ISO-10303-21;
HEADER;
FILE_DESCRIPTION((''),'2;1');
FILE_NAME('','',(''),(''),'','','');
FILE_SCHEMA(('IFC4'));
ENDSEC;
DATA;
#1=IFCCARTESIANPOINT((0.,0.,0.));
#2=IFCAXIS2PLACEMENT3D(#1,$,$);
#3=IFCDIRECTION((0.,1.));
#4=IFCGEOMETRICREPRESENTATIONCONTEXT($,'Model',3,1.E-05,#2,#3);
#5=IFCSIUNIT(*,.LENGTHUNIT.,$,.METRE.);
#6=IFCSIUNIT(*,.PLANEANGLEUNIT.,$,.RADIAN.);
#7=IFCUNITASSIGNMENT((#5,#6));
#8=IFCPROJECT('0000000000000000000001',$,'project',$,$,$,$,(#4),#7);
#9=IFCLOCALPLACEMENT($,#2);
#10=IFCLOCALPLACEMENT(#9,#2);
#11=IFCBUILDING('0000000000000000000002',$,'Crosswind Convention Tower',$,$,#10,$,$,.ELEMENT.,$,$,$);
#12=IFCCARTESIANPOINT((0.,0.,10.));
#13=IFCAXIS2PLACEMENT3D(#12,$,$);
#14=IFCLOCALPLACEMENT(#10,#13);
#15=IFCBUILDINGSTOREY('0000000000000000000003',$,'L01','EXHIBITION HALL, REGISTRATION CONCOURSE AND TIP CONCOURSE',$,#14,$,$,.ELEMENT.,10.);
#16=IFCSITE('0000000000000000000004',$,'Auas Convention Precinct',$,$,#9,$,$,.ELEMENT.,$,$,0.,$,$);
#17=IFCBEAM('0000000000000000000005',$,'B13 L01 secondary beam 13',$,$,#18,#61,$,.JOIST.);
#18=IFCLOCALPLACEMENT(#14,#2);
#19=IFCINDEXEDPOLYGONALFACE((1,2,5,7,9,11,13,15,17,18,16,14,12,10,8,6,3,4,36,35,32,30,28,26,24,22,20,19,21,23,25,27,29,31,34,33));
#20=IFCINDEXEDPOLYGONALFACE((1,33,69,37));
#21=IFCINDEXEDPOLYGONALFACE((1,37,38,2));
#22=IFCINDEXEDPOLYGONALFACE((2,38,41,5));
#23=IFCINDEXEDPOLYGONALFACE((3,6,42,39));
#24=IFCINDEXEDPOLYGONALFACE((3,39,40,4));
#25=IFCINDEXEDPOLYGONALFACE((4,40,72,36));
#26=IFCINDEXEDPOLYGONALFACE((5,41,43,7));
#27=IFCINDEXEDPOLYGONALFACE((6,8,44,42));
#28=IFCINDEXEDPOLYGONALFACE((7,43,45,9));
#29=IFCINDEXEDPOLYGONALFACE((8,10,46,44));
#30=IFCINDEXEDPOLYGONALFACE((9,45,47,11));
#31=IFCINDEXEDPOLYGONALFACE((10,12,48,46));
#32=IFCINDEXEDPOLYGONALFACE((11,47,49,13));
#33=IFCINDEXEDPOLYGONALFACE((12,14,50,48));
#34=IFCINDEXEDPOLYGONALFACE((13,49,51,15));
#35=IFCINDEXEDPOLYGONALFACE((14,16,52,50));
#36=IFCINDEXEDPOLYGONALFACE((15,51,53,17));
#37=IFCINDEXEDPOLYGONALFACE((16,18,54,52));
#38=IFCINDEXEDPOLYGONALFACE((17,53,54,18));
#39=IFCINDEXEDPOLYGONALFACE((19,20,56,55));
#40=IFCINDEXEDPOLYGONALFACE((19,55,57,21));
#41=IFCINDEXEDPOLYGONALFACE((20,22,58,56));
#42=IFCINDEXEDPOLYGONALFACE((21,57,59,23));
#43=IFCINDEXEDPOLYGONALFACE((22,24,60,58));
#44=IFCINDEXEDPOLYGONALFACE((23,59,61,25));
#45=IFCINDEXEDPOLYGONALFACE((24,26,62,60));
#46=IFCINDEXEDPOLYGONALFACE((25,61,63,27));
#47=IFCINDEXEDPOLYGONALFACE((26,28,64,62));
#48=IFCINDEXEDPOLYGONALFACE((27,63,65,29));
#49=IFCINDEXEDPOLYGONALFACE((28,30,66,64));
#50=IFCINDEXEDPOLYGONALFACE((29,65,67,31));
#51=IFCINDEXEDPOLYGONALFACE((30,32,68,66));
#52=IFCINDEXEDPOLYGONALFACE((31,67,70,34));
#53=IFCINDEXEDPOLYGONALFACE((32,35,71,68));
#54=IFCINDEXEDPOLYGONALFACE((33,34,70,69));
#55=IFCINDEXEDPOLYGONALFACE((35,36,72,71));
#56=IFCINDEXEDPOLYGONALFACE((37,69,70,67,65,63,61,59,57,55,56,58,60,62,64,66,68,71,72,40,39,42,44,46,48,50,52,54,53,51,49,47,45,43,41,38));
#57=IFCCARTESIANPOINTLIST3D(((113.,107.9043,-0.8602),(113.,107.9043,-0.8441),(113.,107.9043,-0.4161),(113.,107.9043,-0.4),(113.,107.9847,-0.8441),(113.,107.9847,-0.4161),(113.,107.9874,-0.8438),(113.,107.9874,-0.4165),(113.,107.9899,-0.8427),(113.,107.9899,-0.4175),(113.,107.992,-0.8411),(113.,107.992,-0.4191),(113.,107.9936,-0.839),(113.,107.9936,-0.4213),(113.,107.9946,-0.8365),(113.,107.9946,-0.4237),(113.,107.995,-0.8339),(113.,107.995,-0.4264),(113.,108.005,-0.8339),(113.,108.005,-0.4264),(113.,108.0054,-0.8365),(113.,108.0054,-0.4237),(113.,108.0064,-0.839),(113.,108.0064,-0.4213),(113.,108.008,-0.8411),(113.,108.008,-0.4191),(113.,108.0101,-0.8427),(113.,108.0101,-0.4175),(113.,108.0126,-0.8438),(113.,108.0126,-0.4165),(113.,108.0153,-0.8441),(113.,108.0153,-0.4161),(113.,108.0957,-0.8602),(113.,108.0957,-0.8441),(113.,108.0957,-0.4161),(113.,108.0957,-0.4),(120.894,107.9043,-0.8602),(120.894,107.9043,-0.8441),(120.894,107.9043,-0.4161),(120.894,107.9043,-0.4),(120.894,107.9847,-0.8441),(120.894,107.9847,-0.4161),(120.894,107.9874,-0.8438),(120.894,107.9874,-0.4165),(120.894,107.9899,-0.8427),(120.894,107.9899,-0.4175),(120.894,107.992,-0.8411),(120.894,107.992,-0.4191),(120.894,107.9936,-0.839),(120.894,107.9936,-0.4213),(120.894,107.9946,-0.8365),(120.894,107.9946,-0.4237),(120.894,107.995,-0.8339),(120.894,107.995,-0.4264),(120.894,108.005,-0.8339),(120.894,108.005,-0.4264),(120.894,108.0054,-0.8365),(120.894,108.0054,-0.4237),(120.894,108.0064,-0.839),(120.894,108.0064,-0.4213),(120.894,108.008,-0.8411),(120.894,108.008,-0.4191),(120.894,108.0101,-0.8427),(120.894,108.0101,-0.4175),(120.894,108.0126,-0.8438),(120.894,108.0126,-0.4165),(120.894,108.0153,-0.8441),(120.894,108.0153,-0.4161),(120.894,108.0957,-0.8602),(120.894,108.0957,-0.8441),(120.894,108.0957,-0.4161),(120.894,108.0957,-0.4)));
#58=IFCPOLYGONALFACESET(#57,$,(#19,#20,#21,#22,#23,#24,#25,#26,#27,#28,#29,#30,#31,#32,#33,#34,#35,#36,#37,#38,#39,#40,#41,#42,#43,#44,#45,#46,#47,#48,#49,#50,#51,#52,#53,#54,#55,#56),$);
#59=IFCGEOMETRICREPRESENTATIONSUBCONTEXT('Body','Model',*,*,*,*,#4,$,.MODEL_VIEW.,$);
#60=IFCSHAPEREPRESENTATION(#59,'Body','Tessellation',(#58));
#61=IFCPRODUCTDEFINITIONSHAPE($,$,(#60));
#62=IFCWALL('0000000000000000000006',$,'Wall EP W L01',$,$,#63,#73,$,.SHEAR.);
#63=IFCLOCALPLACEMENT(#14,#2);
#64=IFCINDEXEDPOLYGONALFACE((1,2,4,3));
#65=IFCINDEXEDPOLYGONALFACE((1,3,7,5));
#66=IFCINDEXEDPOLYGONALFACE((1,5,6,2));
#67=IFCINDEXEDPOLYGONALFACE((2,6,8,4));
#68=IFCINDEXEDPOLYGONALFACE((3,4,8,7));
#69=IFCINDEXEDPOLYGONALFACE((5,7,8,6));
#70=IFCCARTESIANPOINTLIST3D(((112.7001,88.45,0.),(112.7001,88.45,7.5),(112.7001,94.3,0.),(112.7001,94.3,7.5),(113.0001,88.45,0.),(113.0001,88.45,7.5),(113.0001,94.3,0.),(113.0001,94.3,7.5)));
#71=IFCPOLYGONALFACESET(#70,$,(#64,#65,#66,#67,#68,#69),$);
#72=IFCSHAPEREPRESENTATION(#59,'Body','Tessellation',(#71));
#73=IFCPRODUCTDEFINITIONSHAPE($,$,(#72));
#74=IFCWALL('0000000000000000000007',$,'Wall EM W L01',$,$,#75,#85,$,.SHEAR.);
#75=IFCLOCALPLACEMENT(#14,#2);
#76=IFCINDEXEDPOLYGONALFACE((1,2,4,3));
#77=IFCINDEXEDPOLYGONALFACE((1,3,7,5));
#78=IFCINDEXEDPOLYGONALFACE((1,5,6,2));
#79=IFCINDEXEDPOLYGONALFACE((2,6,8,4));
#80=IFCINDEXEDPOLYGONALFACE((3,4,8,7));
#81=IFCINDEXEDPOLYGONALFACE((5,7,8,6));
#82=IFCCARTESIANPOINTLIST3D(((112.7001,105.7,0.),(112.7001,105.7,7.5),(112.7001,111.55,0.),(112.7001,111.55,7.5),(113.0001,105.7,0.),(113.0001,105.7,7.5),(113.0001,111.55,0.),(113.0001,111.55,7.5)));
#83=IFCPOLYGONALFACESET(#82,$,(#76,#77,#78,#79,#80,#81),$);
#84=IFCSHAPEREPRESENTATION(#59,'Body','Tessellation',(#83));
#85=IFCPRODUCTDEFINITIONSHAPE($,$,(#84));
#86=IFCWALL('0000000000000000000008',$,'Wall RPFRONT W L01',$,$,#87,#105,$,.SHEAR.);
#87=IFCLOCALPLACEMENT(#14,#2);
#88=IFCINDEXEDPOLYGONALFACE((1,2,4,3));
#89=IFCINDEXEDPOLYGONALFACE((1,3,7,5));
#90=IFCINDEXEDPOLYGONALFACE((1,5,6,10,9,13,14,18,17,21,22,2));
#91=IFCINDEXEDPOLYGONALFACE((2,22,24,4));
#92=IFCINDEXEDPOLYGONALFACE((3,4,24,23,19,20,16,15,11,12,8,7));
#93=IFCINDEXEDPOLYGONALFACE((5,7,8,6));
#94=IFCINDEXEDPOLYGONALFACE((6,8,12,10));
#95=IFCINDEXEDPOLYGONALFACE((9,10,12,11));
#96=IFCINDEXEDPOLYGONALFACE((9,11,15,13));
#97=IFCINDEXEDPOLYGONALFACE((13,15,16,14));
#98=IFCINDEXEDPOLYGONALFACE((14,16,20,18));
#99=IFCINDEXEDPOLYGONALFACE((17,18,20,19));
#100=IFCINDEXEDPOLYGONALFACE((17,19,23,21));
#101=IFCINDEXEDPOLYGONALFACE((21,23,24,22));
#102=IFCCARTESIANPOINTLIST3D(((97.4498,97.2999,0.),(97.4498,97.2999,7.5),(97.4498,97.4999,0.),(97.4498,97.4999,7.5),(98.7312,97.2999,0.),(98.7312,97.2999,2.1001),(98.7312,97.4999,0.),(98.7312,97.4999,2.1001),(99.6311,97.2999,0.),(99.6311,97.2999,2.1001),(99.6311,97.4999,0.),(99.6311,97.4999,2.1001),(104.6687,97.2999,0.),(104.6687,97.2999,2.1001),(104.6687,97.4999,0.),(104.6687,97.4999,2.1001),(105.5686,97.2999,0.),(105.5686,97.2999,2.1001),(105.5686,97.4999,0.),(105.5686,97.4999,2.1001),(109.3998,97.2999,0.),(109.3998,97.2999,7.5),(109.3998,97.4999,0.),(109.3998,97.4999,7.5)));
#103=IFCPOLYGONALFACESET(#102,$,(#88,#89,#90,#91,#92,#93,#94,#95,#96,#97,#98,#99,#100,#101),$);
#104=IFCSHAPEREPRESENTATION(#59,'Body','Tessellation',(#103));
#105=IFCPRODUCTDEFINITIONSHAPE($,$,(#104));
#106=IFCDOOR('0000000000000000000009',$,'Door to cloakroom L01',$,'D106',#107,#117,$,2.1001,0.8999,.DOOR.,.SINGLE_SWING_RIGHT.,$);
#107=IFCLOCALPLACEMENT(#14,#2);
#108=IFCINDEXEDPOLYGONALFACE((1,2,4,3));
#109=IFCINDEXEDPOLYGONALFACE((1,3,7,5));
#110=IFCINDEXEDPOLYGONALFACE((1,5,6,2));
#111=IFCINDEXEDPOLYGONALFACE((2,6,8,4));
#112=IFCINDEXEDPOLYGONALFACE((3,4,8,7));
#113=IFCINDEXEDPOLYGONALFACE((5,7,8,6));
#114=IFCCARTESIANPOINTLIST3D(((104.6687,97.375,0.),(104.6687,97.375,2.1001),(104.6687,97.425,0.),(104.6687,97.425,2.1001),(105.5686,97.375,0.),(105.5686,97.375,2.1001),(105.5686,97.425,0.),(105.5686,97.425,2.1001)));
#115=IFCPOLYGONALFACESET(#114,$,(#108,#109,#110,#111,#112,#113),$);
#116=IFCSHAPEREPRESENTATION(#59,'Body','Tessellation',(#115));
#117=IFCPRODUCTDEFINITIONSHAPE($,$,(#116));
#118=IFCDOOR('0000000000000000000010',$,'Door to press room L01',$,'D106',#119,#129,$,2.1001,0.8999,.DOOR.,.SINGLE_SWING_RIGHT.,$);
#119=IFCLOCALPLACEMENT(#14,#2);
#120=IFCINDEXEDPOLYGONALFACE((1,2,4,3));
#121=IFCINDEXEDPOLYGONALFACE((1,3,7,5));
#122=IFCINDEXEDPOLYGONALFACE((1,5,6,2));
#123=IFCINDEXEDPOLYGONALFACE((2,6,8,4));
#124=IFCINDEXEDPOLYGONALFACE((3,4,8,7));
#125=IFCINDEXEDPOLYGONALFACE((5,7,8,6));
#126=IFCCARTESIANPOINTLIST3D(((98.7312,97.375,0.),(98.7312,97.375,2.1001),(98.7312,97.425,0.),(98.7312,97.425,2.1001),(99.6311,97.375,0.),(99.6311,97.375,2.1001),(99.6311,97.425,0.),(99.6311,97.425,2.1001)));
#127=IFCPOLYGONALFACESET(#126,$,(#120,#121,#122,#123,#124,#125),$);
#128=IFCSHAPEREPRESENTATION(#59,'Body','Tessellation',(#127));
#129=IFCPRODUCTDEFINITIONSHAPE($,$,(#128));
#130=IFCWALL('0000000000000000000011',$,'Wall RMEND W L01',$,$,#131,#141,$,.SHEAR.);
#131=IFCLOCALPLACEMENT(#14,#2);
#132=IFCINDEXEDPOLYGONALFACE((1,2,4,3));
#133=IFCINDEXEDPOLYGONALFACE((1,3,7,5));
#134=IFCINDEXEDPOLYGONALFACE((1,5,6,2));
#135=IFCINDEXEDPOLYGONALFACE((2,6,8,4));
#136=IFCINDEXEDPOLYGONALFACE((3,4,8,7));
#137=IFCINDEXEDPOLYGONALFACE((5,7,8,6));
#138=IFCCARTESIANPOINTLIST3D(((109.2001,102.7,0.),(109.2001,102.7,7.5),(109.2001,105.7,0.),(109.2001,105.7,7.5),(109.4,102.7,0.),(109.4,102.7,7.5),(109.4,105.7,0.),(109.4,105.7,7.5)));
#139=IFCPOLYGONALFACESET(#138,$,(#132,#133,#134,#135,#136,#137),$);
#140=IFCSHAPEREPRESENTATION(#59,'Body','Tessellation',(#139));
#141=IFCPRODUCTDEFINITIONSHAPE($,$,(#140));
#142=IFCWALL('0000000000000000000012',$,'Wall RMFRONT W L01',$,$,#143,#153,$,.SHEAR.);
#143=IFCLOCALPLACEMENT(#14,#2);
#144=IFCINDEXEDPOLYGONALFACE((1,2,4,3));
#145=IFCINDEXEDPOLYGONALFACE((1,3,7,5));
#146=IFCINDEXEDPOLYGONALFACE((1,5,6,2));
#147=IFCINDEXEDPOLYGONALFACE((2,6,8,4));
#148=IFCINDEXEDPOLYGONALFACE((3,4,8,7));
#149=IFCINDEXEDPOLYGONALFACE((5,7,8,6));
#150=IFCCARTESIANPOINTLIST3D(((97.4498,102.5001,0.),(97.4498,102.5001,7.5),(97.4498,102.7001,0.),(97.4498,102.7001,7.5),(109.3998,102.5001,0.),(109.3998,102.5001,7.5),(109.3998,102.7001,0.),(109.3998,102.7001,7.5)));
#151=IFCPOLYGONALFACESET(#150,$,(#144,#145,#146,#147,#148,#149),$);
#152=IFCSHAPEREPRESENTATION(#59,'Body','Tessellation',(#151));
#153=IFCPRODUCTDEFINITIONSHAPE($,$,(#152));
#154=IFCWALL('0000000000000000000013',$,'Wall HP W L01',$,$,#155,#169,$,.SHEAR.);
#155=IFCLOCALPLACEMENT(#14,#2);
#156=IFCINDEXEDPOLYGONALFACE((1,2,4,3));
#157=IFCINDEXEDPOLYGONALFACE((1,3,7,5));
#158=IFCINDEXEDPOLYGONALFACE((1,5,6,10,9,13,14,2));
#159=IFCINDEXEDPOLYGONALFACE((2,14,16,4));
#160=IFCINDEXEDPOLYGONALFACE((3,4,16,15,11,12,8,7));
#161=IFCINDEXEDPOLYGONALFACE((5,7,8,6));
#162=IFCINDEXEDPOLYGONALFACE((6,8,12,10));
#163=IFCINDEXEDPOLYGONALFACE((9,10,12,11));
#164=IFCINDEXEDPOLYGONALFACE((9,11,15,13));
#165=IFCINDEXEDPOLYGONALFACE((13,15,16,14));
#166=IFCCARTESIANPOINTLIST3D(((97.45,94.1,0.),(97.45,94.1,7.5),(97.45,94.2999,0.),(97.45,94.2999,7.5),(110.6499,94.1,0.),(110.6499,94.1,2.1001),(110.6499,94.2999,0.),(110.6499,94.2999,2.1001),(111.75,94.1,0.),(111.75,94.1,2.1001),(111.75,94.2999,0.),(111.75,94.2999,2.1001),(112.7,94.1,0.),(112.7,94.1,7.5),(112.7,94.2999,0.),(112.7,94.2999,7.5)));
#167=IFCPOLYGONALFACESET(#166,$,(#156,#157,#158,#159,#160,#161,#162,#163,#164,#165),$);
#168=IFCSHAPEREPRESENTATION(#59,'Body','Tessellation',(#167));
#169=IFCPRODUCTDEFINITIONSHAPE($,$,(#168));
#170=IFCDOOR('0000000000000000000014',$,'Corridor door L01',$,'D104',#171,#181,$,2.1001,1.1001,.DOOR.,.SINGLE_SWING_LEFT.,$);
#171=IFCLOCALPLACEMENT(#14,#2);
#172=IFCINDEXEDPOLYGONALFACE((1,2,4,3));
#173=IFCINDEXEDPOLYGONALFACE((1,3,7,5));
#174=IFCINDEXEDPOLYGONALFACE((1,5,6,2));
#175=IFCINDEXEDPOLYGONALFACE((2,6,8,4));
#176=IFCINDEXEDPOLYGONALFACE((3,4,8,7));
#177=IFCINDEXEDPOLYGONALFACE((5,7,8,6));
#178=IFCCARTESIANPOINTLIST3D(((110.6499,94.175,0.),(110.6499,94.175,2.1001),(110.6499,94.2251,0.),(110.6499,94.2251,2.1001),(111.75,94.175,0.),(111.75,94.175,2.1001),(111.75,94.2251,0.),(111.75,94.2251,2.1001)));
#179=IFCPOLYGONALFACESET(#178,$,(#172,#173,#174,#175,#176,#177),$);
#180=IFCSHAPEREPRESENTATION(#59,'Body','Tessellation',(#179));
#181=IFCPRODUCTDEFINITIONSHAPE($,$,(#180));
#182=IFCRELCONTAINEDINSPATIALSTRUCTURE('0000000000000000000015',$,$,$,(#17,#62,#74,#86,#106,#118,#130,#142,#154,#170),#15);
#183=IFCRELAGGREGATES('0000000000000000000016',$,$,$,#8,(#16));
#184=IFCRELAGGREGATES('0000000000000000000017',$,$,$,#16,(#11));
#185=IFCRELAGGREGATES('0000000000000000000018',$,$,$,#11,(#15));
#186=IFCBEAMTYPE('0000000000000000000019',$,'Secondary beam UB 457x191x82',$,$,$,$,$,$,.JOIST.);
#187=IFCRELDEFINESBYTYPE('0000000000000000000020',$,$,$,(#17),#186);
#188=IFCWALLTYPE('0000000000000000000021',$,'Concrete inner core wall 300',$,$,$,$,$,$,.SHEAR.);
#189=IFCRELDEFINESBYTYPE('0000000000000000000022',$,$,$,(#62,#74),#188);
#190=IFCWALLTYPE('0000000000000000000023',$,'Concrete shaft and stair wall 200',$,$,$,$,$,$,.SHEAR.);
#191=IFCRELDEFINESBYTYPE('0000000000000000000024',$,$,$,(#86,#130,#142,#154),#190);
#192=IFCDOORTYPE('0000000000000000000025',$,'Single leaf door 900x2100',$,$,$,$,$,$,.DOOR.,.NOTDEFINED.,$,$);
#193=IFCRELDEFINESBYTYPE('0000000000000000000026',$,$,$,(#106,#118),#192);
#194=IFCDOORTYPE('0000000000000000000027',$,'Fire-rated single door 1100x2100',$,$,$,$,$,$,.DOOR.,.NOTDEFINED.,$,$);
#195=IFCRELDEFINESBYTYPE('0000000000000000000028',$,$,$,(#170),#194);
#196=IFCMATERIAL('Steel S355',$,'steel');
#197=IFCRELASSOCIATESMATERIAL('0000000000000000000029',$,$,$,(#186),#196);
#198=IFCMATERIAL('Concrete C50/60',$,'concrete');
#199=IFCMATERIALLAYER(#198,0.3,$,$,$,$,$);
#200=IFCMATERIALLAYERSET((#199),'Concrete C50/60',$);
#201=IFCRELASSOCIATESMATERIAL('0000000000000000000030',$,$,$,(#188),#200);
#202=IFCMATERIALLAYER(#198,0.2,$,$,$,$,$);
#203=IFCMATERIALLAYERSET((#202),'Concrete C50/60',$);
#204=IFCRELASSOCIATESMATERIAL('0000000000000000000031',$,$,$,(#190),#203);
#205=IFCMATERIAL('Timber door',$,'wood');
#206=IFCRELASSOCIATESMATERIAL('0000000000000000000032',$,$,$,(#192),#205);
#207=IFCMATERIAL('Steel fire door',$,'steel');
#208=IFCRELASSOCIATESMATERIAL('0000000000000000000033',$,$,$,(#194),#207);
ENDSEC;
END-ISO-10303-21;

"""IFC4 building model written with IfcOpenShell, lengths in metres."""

from ifc_helpers import new_model, si_unit, direction, frame, frame_2d, origin, origin_2d, place, context, subcontext, project, spatial, rectangle, i_section, extrude, material, layer, layer_set, material_profile, profile_set, type_object, element, fill, save


model = new_model("IFC4")

# Units and contexts
model_context = context("Model", 3, precision=1e-05, world=origin(), true_north=direction((0.0, 1.0)))
body_context = subcontext(model_context, "Body", "Model", "MODEL_VIEW")
ifc_project = project(units=[si_unit("LENGTHUNIT", "METRE"), si_unit("PLANEANGLEUNIT", "RADIAN")], contexts=[model_context])

# Site, building, storey
site_placement = place(None, origin())
site = spatial("IfcSite", under=ifc_project, at=site_placement, Name="Auas Convention Precinct", CompositionType="ELEMENT", RefElevation=0.0)
building_placement = place(site_placement, origin())
building = spatial("IfcBuilding", under=site, at=building_placement, Name="Crosswind Convention Tower", CompositionType="ELEMENT")
storey_placement = place(building_placement, frame((0.0, 0.0, 10.0)))
storey = spatial("IfcBuildingStorey", under=building, at=storey_placement, Name="L01", Description="EXHIBITION HALL, REGISTRATION CONCOURSE AND TIP CONCOURSE", CompositionType="ELEMENT", Elevation=10.0)

# Beam
ifc_material_1 = material(Name="Steel S355", Category="steel")
ifc_material_profile_1 = material_profile(ifc_material_1, i_section(OverallWidth=0.1914, OverallDepth=0.4602, WebThickness=0.01, FlangeThickness=0.0161, FilletRadius=0.0103, at=origin_2d()), Name="UB 457x191x82")
ifc_profile_set_1 = profile_set([ifc_material_profile_1], Name="Steel S355")
beam_type_1 = type_object("IfcBeamType", Name="Secondary beam UB 457x191x82", PredefinedType="JOIST", material=ifc_profile_set_1)
for number, where, z_axis, x_axis, name in (
    (1, (113.0, 108.0, -0.6301), (1.0, 0.0, 0.0), (0.0, 1.0, 0.0), "B13 L01 secondary beam 13"),
):
    element("IfcBeam", number, at=place(storey_placement, frame(where, z_axis=z_axis, x_axis=x_axis)), inside=storey, type_object=beam_type_1, Name=name, PredefinedType="JOIST", context=body_context, shape_type="SweptSolid", body=[
        extrude(i_section(OverallWidth=0.1914, OverallDepth=0.4602, WebThickness=0.01, FlangeThickness=0.0161, FilletRadius=0.0103, at=origin_2d()), origin(), (0.0, 0.0, 1.0), 7.894),
    ])

# Shared definitions
ifc_material_2 = material(Name="Concrete C50/60", Category="concrete")
ifc_layer_1 = layer(ifc_material_2, 0.3)
ifc_layer_set_1 = layer_set([ifc_layer_1], Name="Concrete C50/60")
wall_type_1 = type_object("IfcWallType", Name="Concrete inner core wall 300", PredefinedType="SHEAR", material=ifc_layer_set_1)

# Walls
for number, where, z_axis, x_axis, name in (
    (2, (112.8501, 94.3, 0.0), (0.0, 0.0, 1.0), (0.0, -1.0, 0.0), "Wall EP W L01"),
    (3, (112.8501, 111.55, 0.0), (0.0, 0.0, 1.0), (0.0, -1.0, 0.0), "Wall EM W L01"),
):
    element("IfcWall", number, at=place(storey_placement, frame(where, z_axis=z_axis, x_axis=x_axis)), inside=storey, type_object=wall_type_1, Name=name, PredefinedType="SHEAR", context=body_context, shape_type="SweptSolid", body=[
        extrude(rectangle(XDim=5.8501, YDim=0.3, at=frame_2d((2.925, 0.0))), origin(), (0.0, 0.0, 1.0), 7.5),
    ])

# Wall, openings, doors
ifc_layer_2 = layer(ifc_material_2, 0.2)
ifc_layer_set_2 = layer_set([ifc_layer_2], Name="Concrete C50/60")
wall_type_2 = type_object("IfcWallType", Name="Concrete shaft and stair wall 200", PredefinedType="SHEAR", material=ifc_layer_set_2)
wall_1_placement = place(storey_placement, frame((109.3999, 97.3999, 0.0), z_axis=(0.0, 0.0, 1.0), x_axis=(-1.0, 0.0, 0.0)))
wall_1 = element("IfcWall", 4, at=wall_1_placement, inside=storey, type_object=wall_type_2, Name="Wall RPFRONT W L01", PredefinedType="SHEAR", context=body_context, shape_type="SweptSolid", body=[
    extrude(rectangle(XDim=11.95, YDim=0.2, at=frame_2d((5.9751, 0.0))), origin(), (0.0, 0.0, 1.0), 7.5),
])
opening_1_placement = place(wall_1_placement, frame((3.8313, 0.0, 0.0)))
opening_1 = element("IfcOpeningElement", 5, at=opening_1_placement, cuts=wall_1, PredefinedType="OPENING", context=body_context, shape_type="SweptSolid", body=[
    extrude(rectangle(XDim=0.8999, YDim=2.1001, at=frame_2d((0.45, 1.05))), frame((0.0, 0.1099, 0.0), z_axis=(0.0, -1.0, 0.0), x_axis=(1.0, 0.0, 0.0)), (0.0, 0.0, 1.0), 0.22),
])
opening_2_placement = place(wall_1_placement, frame((9.7688, 0.0, 0.0)))
opening_2 = element("IfcOpeningElement", 6, at=opening_2_placement, cuts=wall_1, PredefinedType="OPENING", context=body_context, shape_type="SweptSolid", body=[
    extrude(rectangle(XDim=0.8999, YDim=2.1001, at=frame_2d((0.45, 1.05))), frame((0.0, 0.1099, 0.0), z_axis=(0.0, -1.0, 0.0), x_axis=(1.0, 0.0, 0.0)), (0.0, 0.0, 1.0), 0.22),
])
ifc_material_3 = material(Name="Timber door", Category="wood")
door_type_1 = type_object("IfcDoorType", Name="Single leaf door 900x2100", OperationType="NOTDEFINED", PredefinedType="DOOR", material=ifc_material_3)
door_1_placement = place(opening_1_placement, origin())
door_1 = element("IfcDoor", 7, at=door_1_placement, inside=storey, type_object=door_type_1, Name="Door to cloakroom L01", ObjectType="D106", OperationType="SINGLE_SWING_RIGHT", OverallHeight=2.1001, OverallWidth=0.8999, PredefinedType="DOOR", context=body_context, shape_type="SweptSolid", body=[
    extrude(rectangle(XDim=0.8999, YDim=2.1001, at=frame_2d((0.45, 1.05))), frame((0.0, 0.0249, 0.0), z_axis=(0.0, -1.0, 0.0), x_axis=(1.0, 0.0, 0.0)), (0.0, 0.0, 1.0), 0.05),
])
fill(opening_1, door_1)
door_2_placement = place(opening_2_placement, origin())
door_2 = element("IfcDoor", 8, at=door_2_placement, inside=storey, type_object=door_type_1, Name="Door to press room L01", ObjectType="D106", OperationType="SINGLE_SWING_RIGHT", OverallHeight=2.1001, OverallWidth=0.8999, PredefinedType="DOOR", context=body_context, shape_type="SweptSolid", body=[
    extrude(rectangle(XDim=0.8999, YDim=2.1001, at=frame_2d((0.45, 1.05))), frame((0.0, 0.0249, 0.0), z_axis=(0.0, -1.0, 0.0), x_axis=(1.0, 0.0, 0.0)), (0.0, 0.0, 1.0), 0.05),
])
fill(opening_2, door_2)

# Walls
wall_2_placement = place(storey_placement, frame((109.3, 105.7, 0.0), z_axis=(0.0, 0.0, 1.0), x_axis=(0.0, -1.0, 0.0)))
element("IfcWall", 9, at=wall_2_placement, inside=storey, type_object=wall_type_2, Name="Wall RMEND W L01", PredefinedType="SHEAR", context=body_context, shape_type="SweptSolid", body=[
    extrude(rectangle(XDim=3.0, YDim=0.2, at=frame_2d((1.5, 0.0))), origin(), (0.0, 0.0, 1.0), 7.5),
])
wall_3_placement = place(storey_placement, frame((109.3999, 102.6001, 0.0), z_axis=(0.0, 0.0, 1.0), x_axis=(-1.0, 0.0, 0.0)))
element("IfcWall", 10, at=wall_3_placement, inside=storey, type_object=wall_type_2, Name="Wall RMFRONT W L01", PredefinedType="SHEAR", context=body_context, shape_type="SweptSolid", body=[
    extrude(rectangle(XDim=11.95, YDim=0.2, at=frame_2d((5.9751, 0.0))), origin(), (0.0, 0.0, 1.0), 7.5),
])

# Wall, opening, door
wall_4_placement = place(storey_placement, frame((112.7, 94.2, 0.0), z_axis=(0.0, 0.0, 1.0), x_axis=(-1.0, 0.0, 0.0)))
wall_4 = element("IfcWall", 11, at=wall_4_placement, inside=storey, type_object=wall_type_2, Name="Wall HP W L01", PredefinedType="SHEAR", context=body_context, shape_type="SweptSolid", body=[
    extrude(rectangle(XDim=15.25, YDim=0.2, at=frame_2d((7.625, 0.0))), origin(), (0.0, 0.0, 1.0), 7.5),
])
opening_3_placement = place(wall_4_placement, frame((0.95, 0.0, 0.0)))
opening_3 = element("IfcOpeningElement", 12, at=opening_3_placement, cuts=wall_4, PredefinedType="OPENING", context=body_context, shape_type="SweptSolid", body=[
    extrude(rectangle(XDim=1.1001, YDim=2.1001, at=frame_2d((0.55, 1.05))), frame((0.0, 0.1099, 0.0), z_axis=(0.0, -1.0, 0.0), x_axis=(1.0, 0.0, 0.0)), (0.0, 0.0, 1.0), 0.22),
])
ifc_material_4 = material(Name="Steel fire door", Category="steel")
door_type_2 = type_object("IfcDoorType", Name="Fire-rated single door 1100x2100", OperationType="NOTDEFINED", PredefinedType="DOOR", material=ifc_material_4)
door_3_placement = place(opening_3_placement, origin())
door_3 = element("IfcDoor", 13, at=door_3_placement, inside=storey, type_object=door_type_2, Name="Corridor door L01", ObjectType="D104", OperationType="SINGLE_SWING_LEFT", OverallHeight=2.1001, OverallWidth=1.1001, PredefinedType="DOOR", context=body_context, shape_type="SweptSolid", body=[
    extrude(rectangle(XDim=1.1001, YDim=2.1001, at=frame_2d((0.55, 1.05))), frame((0.0, 0.0249, 0.0), z_axis=(0.0, -1.0, 0.0), x_axis=(1.0, 0.0, 0.0)), (0.0, 0.0, 1.0), 0.05),
])
fill(opening_3, door_3)

save(model, "model.ifc")
